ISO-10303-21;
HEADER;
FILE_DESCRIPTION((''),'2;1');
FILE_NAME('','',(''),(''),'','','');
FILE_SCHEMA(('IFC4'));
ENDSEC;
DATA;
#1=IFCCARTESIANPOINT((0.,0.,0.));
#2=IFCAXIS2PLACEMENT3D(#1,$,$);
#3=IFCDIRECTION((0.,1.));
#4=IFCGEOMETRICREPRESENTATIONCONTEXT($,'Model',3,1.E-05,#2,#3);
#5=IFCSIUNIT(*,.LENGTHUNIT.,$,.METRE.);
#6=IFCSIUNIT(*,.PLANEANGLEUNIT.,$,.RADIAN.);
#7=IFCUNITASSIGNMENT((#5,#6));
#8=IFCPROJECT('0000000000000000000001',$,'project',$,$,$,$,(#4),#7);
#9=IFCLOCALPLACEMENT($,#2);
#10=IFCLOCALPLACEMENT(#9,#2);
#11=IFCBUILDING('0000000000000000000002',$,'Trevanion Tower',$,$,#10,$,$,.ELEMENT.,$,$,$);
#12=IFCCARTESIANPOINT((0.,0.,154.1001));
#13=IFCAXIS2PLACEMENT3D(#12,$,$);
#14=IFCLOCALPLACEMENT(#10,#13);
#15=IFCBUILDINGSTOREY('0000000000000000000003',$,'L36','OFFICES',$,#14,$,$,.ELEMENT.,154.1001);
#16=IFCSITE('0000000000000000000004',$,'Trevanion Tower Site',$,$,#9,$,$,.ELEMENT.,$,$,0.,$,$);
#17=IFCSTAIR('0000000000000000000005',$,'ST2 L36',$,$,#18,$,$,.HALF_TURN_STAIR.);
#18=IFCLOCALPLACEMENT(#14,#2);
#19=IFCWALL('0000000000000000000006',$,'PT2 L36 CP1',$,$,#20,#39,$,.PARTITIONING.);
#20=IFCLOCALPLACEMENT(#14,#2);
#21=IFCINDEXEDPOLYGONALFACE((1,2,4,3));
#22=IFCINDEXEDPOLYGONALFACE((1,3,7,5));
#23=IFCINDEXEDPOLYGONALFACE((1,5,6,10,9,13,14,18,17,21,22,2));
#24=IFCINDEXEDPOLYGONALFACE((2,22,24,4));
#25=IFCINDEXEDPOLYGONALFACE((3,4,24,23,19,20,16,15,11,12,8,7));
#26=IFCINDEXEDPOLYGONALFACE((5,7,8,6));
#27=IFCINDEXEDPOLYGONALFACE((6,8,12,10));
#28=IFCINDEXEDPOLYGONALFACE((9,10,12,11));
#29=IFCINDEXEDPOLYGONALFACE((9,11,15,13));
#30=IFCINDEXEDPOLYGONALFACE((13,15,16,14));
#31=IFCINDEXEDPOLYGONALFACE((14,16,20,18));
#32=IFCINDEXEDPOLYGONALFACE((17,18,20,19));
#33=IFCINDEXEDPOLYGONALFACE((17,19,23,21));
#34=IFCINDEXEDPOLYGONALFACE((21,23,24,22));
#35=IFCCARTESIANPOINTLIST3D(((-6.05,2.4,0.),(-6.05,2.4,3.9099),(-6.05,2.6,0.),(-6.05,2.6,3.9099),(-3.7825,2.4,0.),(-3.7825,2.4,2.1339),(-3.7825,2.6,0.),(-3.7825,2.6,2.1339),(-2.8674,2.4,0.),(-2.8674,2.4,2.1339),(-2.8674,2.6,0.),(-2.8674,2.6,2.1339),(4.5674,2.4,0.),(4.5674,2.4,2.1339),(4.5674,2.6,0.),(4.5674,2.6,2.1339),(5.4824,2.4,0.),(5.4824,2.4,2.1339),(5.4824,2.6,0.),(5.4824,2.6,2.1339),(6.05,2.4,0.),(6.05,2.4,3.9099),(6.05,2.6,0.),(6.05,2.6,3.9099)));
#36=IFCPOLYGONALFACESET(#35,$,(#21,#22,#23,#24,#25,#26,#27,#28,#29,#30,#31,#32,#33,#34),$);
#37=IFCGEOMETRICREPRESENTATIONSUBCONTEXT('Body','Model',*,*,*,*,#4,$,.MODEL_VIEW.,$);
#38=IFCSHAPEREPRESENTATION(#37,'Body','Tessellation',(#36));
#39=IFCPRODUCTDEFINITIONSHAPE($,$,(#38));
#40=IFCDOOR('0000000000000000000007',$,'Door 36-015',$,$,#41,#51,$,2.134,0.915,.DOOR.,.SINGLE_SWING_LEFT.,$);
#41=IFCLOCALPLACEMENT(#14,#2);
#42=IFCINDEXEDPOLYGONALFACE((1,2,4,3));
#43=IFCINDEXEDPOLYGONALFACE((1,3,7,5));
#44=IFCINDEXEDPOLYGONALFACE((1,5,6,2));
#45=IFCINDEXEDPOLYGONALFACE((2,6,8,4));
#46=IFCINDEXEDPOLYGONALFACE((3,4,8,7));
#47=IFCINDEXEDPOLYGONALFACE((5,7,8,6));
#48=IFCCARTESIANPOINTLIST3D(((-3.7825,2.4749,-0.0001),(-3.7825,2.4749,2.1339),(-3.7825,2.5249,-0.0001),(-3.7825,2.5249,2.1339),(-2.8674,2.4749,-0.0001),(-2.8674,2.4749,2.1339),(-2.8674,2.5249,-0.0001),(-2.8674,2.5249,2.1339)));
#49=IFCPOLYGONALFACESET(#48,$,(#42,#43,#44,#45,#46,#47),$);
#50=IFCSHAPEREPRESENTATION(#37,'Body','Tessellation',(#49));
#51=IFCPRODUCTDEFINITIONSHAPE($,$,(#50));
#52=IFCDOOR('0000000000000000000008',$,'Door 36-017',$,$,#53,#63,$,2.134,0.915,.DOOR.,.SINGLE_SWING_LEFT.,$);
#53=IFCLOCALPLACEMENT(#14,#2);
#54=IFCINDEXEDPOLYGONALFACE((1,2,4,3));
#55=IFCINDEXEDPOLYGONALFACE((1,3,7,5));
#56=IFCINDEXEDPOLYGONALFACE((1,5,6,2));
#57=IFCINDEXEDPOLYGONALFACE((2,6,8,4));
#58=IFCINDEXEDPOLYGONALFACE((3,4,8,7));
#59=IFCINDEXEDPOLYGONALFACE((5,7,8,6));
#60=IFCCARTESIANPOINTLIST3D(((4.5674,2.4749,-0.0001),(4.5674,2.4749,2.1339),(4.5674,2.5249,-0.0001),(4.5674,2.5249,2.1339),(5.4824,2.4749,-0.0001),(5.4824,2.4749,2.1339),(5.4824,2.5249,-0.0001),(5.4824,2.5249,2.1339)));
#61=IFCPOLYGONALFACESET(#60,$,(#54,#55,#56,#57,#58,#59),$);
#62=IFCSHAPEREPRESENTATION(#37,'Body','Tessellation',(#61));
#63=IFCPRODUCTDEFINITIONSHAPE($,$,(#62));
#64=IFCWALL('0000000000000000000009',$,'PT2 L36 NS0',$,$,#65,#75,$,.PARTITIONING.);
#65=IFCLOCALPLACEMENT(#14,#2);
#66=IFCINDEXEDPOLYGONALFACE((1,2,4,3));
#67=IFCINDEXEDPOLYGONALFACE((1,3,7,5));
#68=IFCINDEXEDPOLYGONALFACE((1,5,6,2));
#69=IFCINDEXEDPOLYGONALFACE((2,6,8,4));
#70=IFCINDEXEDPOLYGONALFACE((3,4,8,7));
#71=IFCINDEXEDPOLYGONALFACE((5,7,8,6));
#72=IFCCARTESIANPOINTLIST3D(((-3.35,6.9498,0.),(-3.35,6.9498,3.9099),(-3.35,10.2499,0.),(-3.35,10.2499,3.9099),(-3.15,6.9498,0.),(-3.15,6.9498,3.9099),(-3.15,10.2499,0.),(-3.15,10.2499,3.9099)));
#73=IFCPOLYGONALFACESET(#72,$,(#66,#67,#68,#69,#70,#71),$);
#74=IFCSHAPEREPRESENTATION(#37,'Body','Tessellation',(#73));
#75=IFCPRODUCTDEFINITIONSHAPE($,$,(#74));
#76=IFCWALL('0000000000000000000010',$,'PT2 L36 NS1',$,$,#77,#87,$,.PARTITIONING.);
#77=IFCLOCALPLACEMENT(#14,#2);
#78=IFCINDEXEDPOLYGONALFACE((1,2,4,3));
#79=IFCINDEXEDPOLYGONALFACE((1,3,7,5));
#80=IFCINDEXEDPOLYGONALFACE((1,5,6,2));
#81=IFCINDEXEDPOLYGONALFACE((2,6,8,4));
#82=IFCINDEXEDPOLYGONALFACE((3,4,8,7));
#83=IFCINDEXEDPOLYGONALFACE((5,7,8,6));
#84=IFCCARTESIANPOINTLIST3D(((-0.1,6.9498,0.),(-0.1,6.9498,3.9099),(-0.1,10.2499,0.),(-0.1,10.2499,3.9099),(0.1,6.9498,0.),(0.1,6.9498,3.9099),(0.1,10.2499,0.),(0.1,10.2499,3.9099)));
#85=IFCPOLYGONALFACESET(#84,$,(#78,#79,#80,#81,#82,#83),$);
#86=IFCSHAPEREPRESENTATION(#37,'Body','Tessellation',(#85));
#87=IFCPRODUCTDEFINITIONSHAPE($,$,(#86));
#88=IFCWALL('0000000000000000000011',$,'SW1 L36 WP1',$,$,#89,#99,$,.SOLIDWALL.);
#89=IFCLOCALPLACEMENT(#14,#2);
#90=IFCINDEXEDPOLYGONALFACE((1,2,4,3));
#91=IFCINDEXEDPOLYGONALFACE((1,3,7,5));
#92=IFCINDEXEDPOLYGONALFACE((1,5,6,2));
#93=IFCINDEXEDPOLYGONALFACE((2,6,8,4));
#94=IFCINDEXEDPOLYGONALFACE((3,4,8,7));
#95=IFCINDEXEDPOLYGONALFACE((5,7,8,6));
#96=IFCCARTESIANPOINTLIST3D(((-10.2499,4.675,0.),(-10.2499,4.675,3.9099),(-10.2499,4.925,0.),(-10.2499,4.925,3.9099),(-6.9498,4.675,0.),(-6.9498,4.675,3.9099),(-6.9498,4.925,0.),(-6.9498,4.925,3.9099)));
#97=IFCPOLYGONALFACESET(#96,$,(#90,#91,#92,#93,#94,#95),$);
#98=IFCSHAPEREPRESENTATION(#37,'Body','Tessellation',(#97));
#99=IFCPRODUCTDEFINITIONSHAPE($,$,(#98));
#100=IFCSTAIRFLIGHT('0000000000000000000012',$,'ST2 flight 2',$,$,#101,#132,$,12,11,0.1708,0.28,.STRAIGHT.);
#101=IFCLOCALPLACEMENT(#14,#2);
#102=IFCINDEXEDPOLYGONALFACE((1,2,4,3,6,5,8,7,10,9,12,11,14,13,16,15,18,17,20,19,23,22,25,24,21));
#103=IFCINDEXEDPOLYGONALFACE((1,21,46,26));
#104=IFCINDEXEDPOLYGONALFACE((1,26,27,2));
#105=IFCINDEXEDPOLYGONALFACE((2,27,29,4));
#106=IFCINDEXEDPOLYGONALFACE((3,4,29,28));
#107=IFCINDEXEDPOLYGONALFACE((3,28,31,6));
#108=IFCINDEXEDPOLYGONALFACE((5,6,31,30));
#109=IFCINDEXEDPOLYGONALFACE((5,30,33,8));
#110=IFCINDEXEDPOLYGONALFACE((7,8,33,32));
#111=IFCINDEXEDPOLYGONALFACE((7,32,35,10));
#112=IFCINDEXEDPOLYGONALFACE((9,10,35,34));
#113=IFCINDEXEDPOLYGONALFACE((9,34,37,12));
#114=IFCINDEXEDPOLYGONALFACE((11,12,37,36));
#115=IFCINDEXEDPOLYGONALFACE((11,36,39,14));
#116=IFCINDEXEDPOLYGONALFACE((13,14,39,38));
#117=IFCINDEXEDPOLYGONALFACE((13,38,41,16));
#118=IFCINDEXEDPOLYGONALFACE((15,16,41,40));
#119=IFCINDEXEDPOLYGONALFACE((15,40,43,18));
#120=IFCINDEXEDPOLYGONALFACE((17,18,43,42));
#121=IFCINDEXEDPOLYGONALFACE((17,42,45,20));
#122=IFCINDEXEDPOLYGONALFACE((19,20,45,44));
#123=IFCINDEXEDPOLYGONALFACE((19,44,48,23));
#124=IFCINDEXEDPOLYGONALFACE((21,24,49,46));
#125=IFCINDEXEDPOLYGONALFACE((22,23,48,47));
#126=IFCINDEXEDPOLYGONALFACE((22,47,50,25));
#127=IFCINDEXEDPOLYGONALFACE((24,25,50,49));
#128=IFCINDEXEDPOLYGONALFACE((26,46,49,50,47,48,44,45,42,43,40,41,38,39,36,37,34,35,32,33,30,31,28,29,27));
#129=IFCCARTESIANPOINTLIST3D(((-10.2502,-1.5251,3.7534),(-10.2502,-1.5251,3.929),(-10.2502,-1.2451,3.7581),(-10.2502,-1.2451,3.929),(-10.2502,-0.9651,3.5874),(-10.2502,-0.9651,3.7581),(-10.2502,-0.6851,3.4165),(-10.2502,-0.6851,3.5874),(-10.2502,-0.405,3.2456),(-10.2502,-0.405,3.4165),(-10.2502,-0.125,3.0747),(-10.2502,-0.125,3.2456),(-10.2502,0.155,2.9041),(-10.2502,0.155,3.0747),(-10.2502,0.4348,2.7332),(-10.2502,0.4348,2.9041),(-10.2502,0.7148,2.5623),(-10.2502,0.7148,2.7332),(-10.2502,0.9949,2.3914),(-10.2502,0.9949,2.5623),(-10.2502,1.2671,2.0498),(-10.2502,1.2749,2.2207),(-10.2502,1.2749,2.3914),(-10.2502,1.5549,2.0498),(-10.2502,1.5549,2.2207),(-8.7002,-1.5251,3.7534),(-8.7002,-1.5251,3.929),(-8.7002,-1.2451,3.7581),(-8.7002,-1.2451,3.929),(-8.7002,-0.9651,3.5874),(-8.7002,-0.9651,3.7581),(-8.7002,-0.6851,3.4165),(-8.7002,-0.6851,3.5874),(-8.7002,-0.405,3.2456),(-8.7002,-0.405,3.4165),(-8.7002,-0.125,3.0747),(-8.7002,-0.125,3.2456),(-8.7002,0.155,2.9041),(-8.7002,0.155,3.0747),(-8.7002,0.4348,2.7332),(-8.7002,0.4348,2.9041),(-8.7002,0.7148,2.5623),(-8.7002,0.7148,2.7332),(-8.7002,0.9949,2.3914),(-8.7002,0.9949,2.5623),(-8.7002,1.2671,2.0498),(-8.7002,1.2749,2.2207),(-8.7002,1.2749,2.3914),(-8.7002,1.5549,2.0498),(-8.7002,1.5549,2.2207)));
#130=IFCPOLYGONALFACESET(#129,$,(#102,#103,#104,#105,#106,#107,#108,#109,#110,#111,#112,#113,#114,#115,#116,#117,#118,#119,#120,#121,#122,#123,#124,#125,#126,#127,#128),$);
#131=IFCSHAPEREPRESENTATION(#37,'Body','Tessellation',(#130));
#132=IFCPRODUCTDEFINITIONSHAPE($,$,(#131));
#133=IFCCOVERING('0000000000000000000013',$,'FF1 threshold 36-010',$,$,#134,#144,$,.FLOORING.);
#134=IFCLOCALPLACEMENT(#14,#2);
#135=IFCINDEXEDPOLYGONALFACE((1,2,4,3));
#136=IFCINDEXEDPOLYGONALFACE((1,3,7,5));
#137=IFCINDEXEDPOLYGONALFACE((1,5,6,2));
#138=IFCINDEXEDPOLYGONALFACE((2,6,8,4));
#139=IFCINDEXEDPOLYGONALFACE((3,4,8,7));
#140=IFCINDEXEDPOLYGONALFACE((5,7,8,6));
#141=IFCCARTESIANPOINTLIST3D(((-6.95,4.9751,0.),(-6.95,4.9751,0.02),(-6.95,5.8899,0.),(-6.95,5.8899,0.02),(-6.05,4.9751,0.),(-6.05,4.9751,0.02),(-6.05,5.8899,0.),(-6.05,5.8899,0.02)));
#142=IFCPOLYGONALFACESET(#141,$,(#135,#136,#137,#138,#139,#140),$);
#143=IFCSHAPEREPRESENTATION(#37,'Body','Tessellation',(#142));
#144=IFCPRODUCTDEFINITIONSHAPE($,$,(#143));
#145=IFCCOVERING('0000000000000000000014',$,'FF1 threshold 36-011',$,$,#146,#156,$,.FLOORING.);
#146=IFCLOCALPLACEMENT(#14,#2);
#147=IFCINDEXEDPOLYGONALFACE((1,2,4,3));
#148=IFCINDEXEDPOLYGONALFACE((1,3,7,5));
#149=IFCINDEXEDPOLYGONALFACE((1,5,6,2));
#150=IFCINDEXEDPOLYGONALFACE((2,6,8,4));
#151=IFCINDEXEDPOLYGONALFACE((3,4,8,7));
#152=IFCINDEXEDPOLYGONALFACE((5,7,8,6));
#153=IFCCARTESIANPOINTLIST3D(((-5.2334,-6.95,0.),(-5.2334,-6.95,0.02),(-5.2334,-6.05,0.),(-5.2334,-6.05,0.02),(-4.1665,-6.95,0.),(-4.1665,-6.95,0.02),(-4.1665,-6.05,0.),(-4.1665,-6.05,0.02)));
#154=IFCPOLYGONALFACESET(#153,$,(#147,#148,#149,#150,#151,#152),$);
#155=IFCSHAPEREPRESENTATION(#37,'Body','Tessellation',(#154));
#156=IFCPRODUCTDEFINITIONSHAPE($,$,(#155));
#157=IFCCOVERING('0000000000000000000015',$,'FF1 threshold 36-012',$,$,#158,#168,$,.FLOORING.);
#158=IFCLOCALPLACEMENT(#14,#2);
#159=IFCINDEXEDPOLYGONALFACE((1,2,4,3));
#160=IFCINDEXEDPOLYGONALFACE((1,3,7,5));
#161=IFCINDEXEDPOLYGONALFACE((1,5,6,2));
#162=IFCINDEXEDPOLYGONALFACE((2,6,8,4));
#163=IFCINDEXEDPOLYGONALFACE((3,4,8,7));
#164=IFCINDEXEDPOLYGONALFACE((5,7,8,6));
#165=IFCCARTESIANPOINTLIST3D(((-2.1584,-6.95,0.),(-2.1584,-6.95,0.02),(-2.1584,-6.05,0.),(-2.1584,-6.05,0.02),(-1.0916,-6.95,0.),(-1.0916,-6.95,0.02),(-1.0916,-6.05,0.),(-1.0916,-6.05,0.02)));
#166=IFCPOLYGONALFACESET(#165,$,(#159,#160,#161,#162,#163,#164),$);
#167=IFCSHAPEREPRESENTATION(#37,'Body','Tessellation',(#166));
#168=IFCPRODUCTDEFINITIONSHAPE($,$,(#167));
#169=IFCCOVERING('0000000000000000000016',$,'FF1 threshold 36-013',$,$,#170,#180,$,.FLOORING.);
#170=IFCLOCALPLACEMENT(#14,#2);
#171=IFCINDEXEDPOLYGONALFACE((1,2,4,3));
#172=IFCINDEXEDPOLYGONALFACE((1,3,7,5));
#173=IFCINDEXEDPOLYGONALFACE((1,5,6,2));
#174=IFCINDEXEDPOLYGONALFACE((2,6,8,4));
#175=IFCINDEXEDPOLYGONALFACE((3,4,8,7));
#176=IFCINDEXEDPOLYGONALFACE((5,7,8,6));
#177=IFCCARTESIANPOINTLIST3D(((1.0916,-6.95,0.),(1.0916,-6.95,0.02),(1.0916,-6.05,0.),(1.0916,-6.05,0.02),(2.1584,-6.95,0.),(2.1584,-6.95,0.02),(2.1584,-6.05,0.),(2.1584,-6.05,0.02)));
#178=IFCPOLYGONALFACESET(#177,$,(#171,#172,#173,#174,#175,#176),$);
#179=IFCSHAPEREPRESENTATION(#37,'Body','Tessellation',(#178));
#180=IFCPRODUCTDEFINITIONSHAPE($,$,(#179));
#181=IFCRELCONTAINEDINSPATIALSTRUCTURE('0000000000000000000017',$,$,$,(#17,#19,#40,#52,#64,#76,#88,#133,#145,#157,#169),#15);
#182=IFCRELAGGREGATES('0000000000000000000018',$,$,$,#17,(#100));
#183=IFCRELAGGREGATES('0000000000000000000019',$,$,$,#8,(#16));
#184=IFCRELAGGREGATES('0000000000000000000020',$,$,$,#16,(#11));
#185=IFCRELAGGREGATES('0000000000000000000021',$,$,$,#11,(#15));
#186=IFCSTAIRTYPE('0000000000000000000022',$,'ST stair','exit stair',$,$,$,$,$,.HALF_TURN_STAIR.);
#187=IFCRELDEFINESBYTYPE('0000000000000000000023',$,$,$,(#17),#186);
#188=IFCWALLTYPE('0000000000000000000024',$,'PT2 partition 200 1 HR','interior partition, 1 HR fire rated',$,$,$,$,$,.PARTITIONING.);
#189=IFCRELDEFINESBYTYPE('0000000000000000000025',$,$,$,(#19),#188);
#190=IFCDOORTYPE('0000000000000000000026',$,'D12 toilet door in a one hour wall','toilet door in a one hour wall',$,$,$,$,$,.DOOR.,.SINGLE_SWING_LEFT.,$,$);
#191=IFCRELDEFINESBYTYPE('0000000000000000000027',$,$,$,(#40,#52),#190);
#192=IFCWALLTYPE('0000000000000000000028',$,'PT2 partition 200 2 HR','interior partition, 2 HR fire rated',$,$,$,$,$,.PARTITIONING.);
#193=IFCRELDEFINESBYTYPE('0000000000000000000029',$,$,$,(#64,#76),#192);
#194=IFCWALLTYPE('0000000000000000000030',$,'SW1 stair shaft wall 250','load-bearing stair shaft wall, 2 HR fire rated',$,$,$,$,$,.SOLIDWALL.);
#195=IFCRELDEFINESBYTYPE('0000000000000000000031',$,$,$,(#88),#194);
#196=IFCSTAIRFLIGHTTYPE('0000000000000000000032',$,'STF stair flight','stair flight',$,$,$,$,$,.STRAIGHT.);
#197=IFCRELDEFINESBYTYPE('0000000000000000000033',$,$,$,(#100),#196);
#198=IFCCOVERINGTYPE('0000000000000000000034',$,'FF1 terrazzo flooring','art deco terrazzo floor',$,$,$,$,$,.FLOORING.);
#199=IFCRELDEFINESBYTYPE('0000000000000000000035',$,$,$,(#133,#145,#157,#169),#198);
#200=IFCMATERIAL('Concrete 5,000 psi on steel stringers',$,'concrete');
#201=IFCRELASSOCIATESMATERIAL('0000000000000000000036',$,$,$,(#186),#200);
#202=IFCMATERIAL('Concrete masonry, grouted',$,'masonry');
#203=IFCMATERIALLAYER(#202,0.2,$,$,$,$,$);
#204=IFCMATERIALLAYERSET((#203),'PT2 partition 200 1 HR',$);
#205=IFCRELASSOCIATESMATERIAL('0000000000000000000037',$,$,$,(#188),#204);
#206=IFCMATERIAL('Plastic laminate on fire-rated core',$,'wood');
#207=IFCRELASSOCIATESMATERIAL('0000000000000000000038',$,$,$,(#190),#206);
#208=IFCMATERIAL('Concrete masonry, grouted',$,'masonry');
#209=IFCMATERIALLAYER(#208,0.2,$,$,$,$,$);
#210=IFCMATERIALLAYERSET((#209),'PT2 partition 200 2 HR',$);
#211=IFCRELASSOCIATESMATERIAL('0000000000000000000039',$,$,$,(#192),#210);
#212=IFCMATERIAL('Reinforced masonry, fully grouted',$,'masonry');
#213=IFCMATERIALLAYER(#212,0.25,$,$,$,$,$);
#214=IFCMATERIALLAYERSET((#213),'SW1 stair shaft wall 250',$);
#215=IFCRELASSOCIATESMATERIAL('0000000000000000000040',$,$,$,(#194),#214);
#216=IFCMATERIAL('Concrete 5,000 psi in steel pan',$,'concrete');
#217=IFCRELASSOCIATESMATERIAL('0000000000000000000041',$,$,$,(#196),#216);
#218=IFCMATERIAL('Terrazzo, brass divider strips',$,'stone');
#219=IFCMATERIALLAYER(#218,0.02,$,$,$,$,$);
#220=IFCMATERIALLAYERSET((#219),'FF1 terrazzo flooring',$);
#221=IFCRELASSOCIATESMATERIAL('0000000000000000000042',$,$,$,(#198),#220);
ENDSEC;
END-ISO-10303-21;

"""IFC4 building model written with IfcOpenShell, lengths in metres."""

from ifc_helpers import new_model, si_unit, direction, frame, frame_2d, origin, place, context, subcontext, project, spatial, polyline, rectangle, outline, extrude, material, layer, layer_set, type_object, element, fill, aggregate, save


model = new_model("IFC4")

# Units and contexts
model_context = context("Model", 3, precision=1e-05, world=origin(), true_north=direction((0.0, 1.0)))
body_context = subcontext(model_context, "Body", "Model", "MODEL_VIEW")
ifc_project = project(units=[si_unit("LENGTHUNIT", "METRE"), si_unit("PLANEANGLEUNIT", "RADIAN")], contexts=[model_context])

# Site, building, storey
site_placement = place(None, origin())
site = spatial("IfcSite", under=ifc_project, at=site_placement, Name="Trevanion Tower Site", CompositionType="ELEMENT", RefElevation=0.0)
building_placement = place(site_placement, origin())
building = spatial("IfcBuilding", under=site, at=building_placement, Name="Trevanion Tower", CompositionType="ELEMENT")
storey_placement = place(building_placement, frame((0.0, 0.0, 154.1001)))
storey = spatial("IfcBuildingStorey", under=building, at=storey_placement, Name="L36", Description="OFFICES", CompositionType="ELEMENT", Elevation=154.1001)

# Shared definitions
ifc_material_1 = material(Name="Concrete 5,000 psi on steel stringers", Category="concrete")
stair_type = type_object("IfcStairType", Name="ST stair", Description="exit stair", PredefinedType="HALF_TURN_STAIR", material=ifc_material_1)

# Stair
stair_1_placement = place(storey_placement, origin())
stair_1 = element("IfcStair", 1, at=stair_1_placement, inside=storey, type_object=stair_type, Name="ST2 L36", PredefinedType="HALF_TURN_STAIR")

# Wall, openings, doors
ifc_material_2 = material(Name="Concrete masonry, grouted", Category="masonry")
ifc_layer_1 = layer(ifc_material_2, 0.2)
ifc_layer_set_1 = layer_set([ifc_layer_1], Name="PT2 partition 200 1 HR")
wall_type_1 = type_object("IfcWallType", Name="PT2 partition 200 1 HR", Description="interior partition, 1 HR fire rated", PredefinedType="PARTITIONING", material=ifc_layer_set_1)
wall_1_placement = place(storey_placement, frame((-6.05, 2.5, 0.0), z_axis=(0.0, 0.0, 1.0), x_axis=(1.0, 0.0, 0.0)))
wall_1 = element("IfcWall", 2, at=wall_1_placement, inside=storey, type_object=wall_type_1, Name="PT2 L36 CP1", PredefinedType="PARTITIONING", context=body_context, shape_type="SweptSolid", body=[
    extrude(rectangle(XDim=12.1001, YDim=0.2, at=frame_2d((6.05, 0.0))), origin(), (0.0, 0.0, 1.0), 3.9099),
])
opening_1_placement = place(wall_1_placement, frame((2.2676, 0.0, 0.0)))
opening_1 = element("IfcOpeningElement", 3, at=opening_1_placement, cuts=wall_1, PredefinedType="OPENING", context=body_context, shape_type="SweptSolid", body=[
    extrude(rectangle(XDim=0.915, YDim=2.134, at=frame_2d((0.4575, 1.0669))), frame((0.0, 0.1099, 0.0), z_axis=(0.0, -1.0, 0.0), x_axis=(1.0, 0.0, 0.0)), (0.0, 0.0, 1.0), 0.22),
])
opening_2_placement = place(wall_1_placement, frame((10.6174, 0.0, 0.0)))
opening_2 = element("IfcOpeningElement", 4, at=opening_2_placement, cuts=wall_1, PredefinedType="OPENING", context=body_context, shape_type="SweptSolid", body=[
    extrude(rectangle(XDim=0.915, YDim=2.134, at=frame_2d((0.4575, 1.0669))), frame((0.0, 0.1099, 0.0), z_axis=(0.0, -1.0, 0.0), x_axis=(1.0, 0.0, 0.0)), (0.0, 0.0, 1.0), 0.22),
])
ifc_material_3 = material(Name="Plastic laminate on fire-rated core", Category="wood")
door_type_1 = type_object("IfcDoorType", Name="D12 toilet door in a one hour wall", Description="toilet door in a one hour wall", OperationType="SINGLE_SWING_LEFT", PredefinedType="DOOR", material=ifc_material_3)
door_1_placement = place(opening_1_placement, origin())
door_1 = element("IfcDoor", 5, at=door_1_placement, inside=storey, type_object=door_type_1, Name="Door 36-015", OperationType="SINGLE_SWING_LEFT", OverallHeight=2.134, OverallWidth=0.915, PredefinedType="DOOR", context=body_context, shape_type="SweptSolid", body=[
    extrude(rectangle(XDim=0.915, YDim=2.134, at=frame_2d((0.4575, 1.0669))), frame((0.0, 0.0249, 0.0), z_axis=(0.0, -1.0, 0.0), x_axis=(1.0, 0.0, 0.0)), (0.0, 0.0, 1.0), 0.05),
])
fill(opening_1, door_1)
door_2_placement = place(opening_2_placement, origin())
door_2 = element("IfcDoor", 6, at=door_2_placement, inside=storey, type_object=door_type_1, Name="Door 36-017", OperationType="SINGLE_SWING_LEFT", OverallHeight=2.134, OverallWidth=0.915, PredefinedType="DOOR", context=body_context, shape_type="SweptSolid", body=[
    extrude(rectangle(XDim=0.915, YDim=2.134, at=frame_2d((0.4575, 1.0669))), frame((0.0, 0.0249, 0.0), z_axis=(0.0, -1.0, 0.0), x_axis=(1.0, 0.0, 0.0)), (0.0, 0.0, 1.0), 0.05),
])
fill(opening_2, door_2)

# Walls
ifc_material_4 = material(Name="Concrete masonry, grouted", Category="masonry")
ifc_layer_2 = layer(ifc_material_4, 0.2)
ifc_layer_set_2 = layer_set([ifc_layer_2], Name="PT2 partition 200 2 HR")
wall_type_2 = type_object("IfcWallType", Name="PT2 partition 200 2 HR", Description="interior partition, 2 HR fire rated", PredefinedType="PARTITIONING", material=ifc_layer_set_2)
for number, where, z_axis, x_axis, name in (
    (7, (-3.25, 6.95, 0.0), (0.0, 0.0, 1.0), (0.0, 1.0, 0.0), "PT2 L36 NS0"),
    (8, (0.0, 6.95, 0.0), (0.0, 0.0, 1.0), (0.0, 1.0, 0.0), "PT2 L36 NS1"),
):
    element("IfcWall", number, at=place(storey_placement, frame(where, z_axis=z_axis, x_axis=x_axis)), inside=storey, type_object=wall_type_2, Name=name, PredefinedType="PARTITIONING", context=body_context, shape_type="SweptSolid", body=[
        extrude(rectangle(XDim=3.3, YDim=0.2, at=frame_2d((1.6499, 0.0))), origin(), (0.0, 0.0, 1.0), 3.9099),
    ])
ifc_material_5 = material(Name="Reinforced masonry, fully grouted", Category="masonry")
ifc_layer_3 = layer(ifc_material_5, 0.25)
ifc_layer_set_3 = layer_set([ifc_layer_3], Name="SW1 stair shaft wall 250")
wall_type_3 = type_object("IfcWallType", Name="SW1 stair shaft wall 250", Description="load-bearing stair shaft wall, 2 HR fire rated", PredefinedType="SOLIDWALL", material=ifc_layer_set_3)
wall_2_placement = place(storey_placement, frame((-6.95, 4.8, 0.0), z_axis=(0.0, 0.0, 1.0), x_axis=(-1.0, 0.0, 0.0)))
element("IfcWall", 9, at=wall_2_placement, inside=storey, type_object=wall_type_3, Name="SW1 L36 WP1", PredefinedType="SOLIDWALL", context=body_context, shape_type="SweptSolid", body=[
    extrude(rectangle(XDim=3.3, YDim=0.25, at=frame_2d((1.6499, 0.0))), origin(), (0.0, 0.0, 1.0), 3.9099),
])

# Stair flight
ifc_material_6 = material(Name="Concrete 5,000 psi in steel pan", Category="concrete")
stair_flight_type = type_object("IfcStairFlightType", Name="STF stair flight", Description="stair flight", PredefinedType="STRAIGHT", material=ifc_material_6)
stair_flight_placement = place(storey_placement, frame((-9.4751, 1.5549, 2.0498), z_axis=(0.0, 0.0, 1.0), x_axis=(0.0, -1.0, 0.0)))
stair_flight = element("IfcStairFlight", 10, at=stair_flight_placement, type_object=stair_flight_type, Name="ST2 flight 2", NumberOfRisers=12, NumberOfTreads=11, PredefinedType="STRAIGHT", RiserHeight=0.1708, TreadLength=0.28, context=body_context, shape_type="SweptSolid", body=[
    extrude(outline(polyline([(0.0, 0.0), (0.0, 0.1709), (0.28, 0.1709), (0.28, 0.3416), (0.5601, 0.3416), (0.5601, 0.5125), (0.8401, 0.5125), (0.8401, 0.6833), (1.1201, 0.6833), (1.1201, 0.8542), (1.3999, 0.8542), (1.3999, 1.0249), (1.6799, 1.0249), (1.6799, 1.1958), (1.96, 1.1958), (1.96, 1.3667), (2.24, 1.3667), (2.24, 1.5376), (2.52, 1.5376), (2.52, 1.7083), (2.8, 1.7083), (2.8, 1.8792), (3.0801, 1.8792), (3.0801, 2.05), (3.0801, 1.7036), (0.2878, 0.0), (0.0, 0.0)])), frame((0.0, 0.7749, 0.0), z_axis=(0.0, -1.0, 0.0), x_axis=(1.0, 0.0, 0.0)), (0.0, 0.0, 1.0), 1.55),
])
aggregate(stair_1, [stair_flight])

# Coverings
ifc_material_7 = material(Name="Terrazzo, brass divider strips", Category="stone")
ifc_layer_4 = layer(ifc_material_7, 0.02)
ifc_layer_set_4 = layer_set([ifc_layer_4], Name="FF1 terrazzo flooring")
covering_type = type_object("IfcCoveringType", Name="FF1 terrazzo flooring", Description="art deco terrazzo floor", PredefinedType="FLOORING", material=ifc_layer_set_4)
covering_1_placement = place(storey_placement, origin())
element("IfcCovering", 11, at=covering_1_placement, inside=storey, type_object=covering_type, Name="FF1 threshold 36-010", PredefinedType="FLOORING", context=body_context, shape_type="SweptSolid", body=[
    extrude(outline(polyline([(-6.95, 5.8899), (-6.95, 4.9751), (-6.05, 4.9751), (-6.05, 5.8899), (-6.95, 5.8899)])), origin(), (0.0, 0.0, 1.0), 0.02),
])
covering_2_placement = place(storey_placement, origin())
element("IfcCovering", 12, at=covering_2_placement, inside=storey, type_object=covering_type, Name="FF1 threshold 36-011", PredefinedType="FLOORING", context=body_context, shape_type="SweptSolid", body=[
    extrude(outline(polyline([(-5.2334, -6.95), (-4.1665, -6.95), (-4.1665, -6.05), (-5.2334, -6.05), (-5.2334, -6.95)])), origin(), (0.0, 0.0, 1.0), 0.02),
])
covering_3_placement = place(storey_placement, origin())
element("IfcCovering", 13, at=covering_3_placement, inside=storey, type_object=covering_type, Name="FF1 threshold 36-012", PredefinedType="FLOORING", context=body_context, shape_type="SweptSolid", body=[
    extrude(outline(polyline([(-2.1584, -6.95), (-1.0916, -6.95), (-1.0916, -6.05), (-2.1584, -6.05), (-2.1584, -6.95)])), origin(), (0.0, 0.0, 1.0), 0.02),
])
covering_4_placement = place(storey_placement, origin())
element("IfcCovering", 14, at=covering_4_placement, inside=storey, type_object=covering_type, Name="FF1 threshold 36-013", PredefinedType="FLOORING", context=body_context, shape_type="SweptSolid", body=[
    extrude(outline(polyline([(1.0916, -6.95), (2.1584, -6.95), (2.1584, -6.05), (1.0916, -6.05), (1.0916, -6.95)])), origin(), (0.0, 0.0, 1.0), 0.02),
])

save(model, "model.ifc")
